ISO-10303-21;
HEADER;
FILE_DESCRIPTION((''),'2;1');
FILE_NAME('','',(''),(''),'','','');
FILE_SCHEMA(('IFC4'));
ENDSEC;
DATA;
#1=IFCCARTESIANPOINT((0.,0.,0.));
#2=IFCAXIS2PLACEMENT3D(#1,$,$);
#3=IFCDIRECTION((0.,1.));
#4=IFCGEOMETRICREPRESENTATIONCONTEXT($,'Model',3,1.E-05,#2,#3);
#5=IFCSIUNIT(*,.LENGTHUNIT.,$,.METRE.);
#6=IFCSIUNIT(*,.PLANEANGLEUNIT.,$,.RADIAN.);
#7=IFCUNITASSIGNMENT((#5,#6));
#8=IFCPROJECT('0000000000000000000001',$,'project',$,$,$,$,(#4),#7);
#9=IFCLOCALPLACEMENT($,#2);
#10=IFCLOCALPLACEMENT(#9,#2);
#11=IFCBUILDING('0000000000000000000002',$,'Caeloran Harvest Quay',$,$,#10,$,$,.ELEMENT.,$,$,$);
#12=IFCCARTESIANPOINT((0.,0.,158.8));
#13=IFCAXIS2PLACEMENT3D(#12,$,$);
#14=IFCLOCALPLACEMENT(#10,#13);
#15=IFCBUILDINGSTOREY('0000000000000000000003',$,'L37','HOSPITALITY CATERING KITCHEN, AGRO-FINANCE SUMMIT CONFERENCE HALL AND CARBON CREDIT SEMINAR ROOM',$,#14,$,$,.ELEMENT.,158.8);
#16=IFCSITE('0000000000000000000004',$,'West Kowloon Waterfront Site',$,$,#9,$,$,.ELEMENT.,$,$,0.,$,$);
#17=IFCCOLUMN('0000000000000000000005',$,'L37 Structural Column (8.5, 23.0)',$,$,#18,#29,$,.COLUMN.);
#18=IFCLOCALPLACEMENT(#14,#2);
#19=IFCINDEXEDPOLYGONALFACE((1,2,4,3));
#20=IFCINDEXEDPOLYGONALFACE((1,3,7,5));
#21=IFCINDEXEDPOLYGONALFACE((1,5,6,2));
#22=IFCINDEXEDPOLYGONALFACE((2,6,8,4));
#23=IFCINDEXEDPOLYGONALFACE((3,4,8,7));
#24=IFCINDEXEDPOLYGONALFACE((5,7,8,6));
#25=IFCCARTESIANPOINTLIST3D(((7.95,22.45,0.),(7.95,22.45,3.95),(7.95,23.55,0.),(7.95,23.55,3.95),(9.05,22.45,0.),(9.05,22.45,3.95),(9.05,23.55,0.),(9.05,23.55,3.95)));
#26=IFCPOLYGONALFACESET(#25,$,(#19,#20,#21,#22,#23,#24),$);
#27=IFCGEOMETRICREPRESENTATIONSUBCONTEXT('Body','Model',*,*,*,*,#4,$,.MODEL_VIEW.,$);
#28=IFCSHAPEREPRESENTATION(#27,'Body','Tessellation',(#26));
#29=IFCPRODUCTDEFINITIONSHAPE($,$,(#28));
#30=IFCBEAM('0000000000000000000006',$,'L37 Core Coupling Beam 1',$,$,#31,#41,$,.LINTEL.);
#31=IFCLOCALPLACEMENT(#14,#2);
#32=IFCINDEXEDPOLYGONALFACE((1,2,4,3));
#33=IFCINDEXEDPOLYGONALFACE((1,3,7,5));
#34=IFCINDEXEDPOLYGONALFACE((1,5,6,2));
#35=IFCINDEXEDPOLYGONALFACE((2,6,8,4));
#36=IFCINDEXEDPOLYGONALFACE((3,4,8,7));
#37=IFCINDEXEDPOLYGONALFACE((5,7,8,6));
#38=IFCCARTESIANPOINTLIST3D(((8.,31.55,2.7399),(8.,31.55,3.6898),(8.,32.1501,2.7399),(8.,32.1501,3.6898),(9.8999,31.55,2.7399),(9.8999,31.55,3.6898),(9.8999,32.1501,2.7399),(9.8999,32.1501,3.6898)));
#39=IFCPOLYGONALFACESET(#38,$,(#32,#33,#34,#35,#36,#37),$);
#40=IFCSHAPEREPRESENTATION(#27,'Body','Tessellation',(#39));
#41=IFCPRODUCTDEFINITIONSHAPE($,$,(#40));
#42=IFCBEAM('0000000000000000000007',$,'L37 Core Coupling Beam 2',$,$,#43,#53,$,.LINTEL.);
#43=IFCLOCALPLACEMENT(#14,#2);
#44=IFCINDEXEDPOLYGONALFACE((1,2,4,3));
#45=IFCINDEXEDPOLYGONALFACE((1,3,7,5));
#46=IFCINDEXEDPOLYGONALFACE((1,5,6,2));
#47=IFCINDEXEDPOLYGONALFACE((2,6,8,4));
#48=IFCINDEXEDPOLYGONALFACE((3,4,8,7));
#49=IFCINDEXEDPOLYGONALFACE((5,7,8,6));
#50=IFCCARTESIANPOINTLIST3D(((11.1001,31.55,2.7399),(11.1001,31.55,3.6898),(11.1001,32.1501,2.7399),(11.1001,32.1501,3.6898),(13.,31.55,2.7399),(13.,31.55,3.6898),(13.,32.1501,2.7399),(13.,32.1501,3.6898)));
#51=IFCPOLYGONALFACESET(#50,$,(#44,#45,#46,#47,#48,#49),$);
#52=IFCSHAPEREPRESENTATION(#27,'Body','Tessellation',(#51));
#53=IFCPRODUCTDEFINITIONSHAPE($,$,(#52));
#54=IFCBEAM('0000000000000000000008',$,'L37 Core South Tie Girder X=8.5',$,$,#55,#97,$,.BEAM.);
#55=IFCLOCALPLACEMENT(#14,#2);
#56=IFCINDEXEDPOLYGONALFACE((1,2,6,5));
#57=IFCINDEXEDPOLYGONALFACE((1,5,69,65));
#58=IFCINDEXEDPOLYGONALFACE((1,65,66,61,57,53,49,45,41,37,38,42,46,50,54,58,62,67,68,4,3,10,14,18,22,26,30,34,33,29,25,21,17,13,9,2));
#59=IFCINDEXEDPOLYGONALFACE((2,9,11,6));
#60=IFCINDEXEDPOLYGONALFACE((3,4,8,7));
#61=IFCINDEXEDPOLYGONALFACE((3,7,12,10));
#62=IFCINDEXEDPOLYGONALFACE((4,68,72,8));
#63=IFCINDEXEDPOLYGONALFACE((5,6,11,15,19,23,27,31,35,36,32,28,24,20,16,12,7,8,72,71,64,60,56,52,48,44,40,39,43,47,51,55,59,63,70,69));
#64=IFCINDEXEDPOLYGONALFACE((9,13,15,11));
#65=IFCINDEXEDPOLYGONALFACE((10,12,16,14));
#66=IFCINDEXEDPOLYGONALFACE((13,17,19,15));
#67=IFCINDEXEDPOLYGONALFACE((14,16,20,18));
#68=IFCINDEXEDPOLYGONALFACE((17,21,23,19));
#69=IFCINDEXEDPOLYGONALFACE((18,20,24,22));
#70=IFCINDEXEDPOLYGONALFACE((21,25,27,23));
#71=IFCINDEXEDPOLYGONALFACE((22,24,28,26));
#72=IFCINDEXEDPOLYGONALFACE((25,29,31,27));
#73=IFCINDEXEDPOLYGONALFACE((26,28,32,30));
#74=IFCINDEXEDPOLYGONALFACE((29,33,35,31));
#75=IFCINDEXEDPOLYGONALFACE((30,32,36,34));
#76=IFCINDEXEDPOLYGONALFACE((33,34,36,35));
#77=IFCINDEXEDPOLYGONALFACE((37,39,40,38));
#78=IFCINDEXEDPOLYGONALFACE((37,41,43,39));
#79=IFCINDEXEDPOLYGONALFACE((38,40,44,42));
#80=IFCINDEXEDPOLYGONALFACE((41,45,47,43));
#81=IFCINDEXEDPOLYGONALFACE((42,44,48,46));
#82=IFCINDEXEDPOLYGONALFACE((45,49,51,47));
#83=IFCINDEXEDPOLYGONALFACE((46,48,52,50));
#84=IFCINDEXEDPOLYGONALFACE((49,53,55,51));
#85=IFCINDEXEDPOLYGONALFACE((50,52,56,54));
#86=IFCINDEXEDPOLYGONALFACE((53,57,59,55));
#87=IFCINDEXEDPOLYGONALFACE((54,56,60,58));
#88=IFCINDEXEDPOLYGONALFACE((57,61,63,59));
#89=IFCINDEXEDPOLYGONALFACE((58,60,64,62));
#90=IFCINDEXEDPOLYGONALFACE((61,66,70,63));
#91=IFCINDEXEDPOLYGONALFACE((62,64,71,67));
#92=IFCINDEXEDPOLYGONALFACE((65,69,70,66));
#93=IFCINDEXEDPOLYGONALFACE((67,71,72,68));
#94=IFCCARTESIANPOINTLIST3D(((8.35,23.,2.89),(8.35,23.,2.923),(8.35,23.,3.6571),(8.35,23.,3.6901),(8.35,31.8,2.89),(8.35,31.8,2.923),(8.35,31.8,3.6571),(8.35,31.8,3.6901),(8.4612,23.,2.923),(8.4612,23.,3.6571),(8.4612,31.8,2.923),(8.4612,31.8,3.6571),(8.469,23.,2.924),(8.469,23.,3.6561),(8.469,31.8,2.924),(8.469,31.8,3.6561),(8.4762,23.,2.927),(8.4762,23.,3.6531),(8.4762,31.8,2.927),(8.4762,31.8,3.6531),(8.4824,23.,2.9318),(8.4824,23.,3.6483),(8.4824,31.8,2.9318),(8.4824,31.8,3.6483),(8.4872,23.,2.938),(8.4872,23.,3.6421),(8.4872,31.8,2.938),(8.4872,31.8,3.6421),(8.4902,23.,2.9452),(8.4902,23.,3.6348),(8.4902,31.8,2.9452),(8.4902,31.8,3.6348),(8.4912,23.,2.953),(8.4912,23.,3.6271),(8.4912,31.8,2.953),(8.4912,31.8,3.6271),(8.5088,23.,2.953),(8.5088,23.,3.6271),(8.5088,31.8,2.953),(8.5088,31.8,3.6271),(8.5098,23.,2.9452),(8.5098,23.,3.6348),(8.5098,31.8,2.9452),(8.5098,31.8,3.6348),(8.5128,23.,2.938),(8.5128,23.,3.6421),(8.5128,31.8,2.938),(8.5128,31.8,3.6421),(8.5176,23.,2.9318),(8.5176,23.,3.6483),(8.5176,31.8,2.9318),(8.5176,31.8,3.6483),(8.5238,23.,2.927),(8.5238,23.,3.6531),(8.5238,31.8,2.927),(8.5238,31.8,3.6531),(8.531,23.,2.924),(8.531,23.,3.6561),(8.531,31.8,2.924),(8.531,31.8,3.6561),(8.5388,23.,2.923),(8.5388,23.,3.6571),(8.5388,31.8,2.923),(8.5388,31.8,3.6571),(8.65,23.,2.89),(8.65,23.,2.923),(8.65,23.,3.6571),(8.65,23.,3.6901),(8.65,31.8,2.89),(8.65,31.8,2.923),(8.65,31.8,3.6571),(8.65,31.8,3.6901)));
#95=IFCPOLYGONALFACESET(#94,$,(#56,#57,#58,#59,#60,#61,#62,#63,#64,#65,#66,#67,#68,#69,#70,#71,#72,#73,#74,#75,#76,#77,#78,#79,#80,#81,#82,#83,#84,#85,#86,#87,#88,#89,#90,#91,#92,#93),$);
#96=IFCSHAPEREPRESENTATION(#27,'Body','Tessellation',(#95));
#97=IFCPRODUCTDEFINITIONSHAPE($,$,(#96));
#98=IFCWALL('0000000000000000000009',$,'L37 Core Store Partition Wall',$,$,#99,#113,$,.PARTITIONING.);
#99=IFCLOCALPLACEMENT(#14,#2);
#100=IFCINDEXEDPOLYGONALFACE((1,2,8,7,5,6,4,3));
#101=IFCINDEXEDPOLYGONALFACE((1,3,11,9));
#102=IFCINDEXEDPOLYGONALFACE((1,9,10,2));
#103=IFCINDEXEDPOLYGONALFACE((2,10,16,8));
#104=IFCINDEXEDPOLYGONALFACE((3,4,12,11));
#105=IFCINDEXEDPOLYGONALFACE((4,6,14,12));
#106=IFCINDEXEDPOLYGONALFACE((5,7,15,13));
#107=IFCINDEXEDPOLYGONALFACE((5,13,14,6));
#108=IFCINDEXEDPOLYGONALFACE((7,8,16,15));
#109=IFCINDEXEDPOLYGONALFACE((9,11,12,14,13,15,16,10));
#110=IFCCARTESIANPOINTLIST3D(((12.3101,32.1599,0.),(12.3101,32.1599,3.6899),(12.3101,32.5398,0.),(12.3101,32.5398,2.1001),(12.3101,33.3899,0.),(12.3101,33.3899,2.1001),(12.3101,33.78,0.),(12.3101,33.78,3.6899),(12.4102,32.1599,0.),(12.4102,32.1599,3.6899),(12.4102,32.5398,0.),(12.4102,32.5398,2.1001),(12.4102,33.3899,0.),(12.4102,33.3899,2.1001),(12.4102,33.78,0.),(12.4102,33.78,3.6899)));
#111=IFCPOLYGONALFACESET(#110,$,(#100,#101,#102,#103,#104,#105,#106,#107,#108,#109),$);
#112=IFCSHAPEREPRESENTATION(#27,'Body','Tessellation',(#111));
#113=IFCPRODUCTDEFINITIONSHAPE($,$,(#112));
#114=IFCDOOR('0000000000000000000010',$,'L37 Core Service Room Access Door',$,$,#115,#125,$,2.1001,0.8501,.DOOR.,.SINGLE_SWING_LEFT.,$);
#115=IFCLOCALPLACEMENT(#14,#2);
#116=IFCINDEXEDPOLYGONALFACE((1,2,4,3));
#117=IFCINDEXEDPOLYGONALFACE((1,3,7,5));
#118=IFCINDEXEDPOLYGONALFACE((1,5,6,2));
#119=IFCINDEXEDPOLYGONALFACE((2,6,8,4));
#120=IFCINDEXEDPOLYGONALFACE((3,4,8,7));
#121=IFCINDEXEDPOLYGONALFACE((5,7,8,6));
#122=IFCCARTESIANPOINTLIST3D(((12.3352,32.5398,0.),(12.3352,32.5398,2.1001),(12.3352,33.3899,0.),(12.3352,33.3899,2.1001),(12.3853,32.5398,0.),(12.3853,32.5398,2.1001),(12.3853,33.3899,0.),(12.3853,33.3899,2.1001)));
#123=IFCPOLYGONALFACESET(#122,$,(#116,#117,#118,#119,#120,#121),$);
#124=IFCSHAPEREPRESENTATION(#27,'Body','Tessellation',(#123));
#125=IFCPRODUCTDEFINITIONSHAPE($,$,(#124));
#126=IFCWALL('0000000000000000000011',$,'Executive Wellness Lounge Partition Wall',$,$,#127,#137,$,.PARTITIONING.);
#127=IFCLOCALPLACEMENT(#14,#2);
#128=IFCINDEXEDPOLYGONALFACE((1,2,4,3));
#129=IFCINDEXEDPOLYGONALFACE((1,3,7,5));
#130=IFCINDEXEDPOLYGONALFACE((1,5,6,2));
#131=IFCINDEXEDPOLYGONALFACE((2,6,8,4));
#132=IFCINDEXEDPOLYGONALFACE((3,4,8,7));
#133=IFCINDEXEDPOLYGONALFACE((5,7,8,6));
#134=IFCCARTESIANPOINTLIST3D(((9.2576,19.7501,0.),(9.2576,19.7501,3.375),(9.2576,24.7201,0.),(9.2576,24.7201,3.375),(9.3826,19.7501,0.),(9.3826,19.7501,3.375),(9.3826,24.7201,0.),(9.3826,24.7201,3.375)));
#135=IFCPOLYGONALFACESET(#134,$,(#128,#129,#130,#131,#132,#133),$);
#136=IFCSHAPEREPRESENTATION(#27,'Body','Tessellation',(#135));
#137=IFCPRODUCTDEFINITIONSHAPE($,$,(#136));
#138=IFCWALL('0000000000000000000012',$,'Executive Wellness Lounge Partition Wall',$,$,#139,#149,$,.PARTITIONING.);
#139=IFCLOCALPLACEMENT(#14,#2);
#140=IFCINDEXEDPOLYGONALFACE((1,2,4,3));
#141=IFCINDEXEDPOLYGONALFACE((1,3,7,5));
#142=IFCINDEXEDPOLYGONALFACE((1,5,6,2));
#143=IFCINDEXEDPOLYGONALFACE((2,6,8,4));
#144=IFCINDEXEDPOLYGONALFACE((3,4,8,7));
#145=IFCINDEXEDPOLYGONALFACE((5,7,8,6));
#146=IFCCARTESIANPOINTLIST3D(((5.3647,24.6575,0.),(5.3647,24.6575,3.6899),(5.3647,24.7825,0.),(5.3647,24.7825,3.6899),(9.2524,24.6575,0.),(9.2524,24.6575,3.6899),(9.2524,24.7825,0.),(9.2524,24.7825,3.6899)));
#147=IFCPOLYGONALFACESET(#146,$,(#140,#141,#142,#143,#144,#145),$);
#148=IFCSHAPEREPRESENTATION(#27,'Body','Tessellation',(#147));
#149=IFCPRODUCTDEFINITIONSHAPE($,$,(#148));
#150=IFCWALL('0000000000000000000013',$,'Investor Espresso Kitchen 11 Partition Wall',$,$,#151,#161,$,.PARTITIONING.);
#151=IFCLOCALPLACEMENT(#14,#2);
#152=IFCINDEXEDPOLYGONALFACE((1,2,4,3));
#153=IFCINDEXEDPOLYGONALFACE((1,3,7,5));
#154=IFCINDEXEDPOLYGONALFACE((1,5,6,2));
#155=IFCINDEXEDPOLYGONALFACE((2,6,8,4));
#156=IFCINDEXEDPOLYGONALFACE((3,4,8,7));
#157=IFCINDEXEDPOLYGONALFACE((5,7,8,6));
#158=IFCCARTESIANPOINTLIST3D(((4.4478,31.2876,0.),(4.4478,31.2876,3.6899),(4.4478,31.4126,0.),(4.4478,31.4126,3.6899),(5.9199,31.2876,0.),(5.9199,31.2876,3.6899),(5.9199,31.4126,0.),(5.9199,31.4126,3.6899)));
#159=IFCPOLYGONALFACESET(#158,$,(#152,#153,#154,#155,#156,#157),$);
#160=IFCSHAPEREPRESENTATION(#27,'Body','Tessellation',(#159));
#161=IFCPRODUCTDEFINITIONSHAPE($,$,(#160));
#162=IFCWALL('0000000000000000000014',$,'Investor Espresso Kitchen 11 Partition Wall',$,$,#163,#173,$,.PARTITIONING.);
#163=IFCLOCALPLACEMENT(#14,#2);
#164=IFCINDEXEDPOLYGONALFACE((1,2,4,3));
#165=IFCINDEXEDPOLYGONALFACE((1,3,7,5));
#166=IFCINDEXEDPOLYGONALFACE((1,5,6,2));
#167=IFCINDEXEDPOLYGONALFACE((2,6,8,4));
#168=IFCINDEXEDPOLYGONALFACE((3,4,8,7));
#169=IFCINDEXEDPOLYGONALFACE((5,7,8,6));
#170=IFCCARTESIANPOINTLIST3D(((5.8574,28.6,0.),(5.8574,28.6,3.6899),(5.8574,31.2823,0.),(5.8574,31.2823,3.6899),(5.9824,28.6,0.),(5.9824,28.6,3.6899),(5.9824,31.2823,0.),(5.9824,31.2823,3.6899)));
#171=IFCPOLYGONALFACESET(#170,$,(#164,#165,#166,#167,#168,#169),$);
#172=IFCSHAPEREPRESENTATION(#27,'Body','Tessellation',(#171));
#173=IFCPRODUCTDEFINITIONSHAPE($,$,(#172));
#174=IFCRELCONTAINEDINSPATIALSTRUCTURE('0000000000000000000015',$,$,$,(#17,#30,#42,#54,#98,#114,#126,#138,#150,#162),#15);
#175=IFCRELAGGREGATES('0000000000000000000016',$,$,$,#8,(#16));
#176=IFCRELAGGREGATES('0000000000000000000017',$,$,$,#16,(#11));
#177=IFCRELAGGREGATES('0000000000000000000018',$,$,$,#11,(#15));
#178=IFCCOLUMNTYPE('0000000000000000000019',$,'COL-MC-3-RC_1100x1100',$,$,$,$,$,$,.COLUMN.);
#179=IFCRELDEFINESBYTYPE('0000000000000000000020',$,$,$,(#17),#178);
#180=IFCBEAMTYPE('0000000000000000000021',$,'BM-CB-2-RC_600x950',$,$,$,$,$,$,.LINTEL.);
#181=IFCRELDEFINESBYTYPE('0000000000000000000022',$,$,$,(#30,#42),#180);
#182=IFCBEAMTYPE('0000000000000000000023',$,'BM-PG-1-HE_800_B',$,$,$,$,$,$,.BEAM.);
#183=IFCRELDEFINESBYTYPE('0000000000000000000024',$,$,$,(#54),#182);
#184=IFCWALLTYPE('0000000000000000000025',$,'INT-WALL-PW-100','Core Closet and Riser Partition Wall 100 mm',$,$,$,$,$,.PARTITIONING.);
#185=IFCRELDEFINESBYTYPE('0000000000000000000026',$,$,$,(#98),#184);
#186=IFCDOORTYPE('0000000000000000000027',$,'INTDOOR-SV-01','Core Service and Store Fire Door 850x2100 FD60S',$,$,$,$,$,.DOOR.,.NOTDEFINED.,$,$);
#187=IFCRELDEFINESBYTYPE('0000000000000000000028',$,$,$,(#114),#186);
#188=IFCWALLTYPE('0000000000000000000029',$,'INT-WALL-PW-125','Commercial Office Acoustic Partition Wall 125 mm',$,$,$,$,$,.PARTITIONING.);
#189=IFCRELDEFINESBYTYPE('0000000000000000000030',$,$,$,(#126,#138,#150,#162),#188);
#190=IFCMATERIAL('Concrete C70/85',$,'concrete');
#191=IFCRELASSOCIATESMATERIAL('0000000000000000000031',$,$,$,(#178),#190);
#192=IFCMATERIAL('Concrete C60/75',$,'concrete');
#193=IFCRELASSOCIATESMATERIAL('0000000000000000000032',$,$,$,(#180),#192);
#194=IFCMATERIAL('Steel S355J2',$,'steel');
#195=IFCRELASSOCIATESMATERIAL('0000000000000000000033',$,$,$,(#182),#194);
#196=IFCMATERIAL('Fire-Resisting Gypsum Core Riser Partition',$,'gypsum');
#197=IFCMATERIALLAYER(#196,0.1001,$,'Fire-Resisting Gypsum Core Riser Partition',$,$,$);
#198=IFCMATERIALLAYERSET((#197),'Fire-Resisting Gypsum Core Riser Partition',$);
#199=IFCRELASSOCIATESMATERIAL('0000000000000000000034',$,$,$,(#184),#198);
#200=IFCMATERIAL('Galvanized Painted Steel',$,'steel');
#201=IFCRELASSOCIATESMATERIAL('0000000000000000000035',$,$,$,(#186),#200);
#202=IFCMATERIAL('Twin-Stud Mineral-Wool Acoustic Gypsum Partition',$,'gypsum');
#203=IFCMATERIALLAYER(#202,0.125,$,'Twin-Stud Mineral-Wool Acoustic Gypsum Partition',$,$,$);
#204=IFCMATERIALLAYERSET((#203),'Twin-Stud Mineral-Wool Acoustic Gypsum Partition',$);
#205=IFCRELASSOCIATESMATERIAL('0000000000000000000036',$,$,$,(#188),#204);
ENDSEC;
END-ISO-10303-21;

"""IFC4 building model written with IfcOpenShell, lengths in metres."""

from ifc_helpers import new_model, si_unit, direction, frame, frame_2d, origin, origin_2d, place, context, subcontext, project, spatial, rectangle, i_section, extrude, material, layer, layer_set, material_profile, profile_set, type_object, element, fill, save


model = new_model("IFC4")

# Units and contexts
model_context = context("Model", 3, precision=1e-05, world=origin(), true_north=direction((0.0, 1.0)))
body_context = subcontext(model_context, "Body", "Model", "MODEL_VIEW")
ifc_project = project(units=[si_unit("LENGTHUNIT", "METRE"), si_unit("PLANEANGLEUNIT", "RADIAN")], contexts=[model_context])

# Site, building, storey
site_placement = place(None, origin())
site = spatial("IfcSite", under=ifc_project, at=site_placement, Name="West Kowloon Waterfront Site", CompositionType="ELEMENT", RefElevation=0.0)
building_placement = place(site_placement, origin())
building = spatial("IfcBuilding", under=site, at=building_placement, Name="Caeloran Harvest Quay", CompositionType="ELEMENT")
storey_placement = place(building_placement, frame((0.0, 0.0, 158.8)))
storey = spatial("IfcBuildingStorey", under=building, at=storey_placement, Name="L37", Description="HOSPITALITY CATERING KITCHEN, AGRO-FINANCE SUMMIT CONFERENCE HALL AND CARBON CREDIT SEMINAR ROOM", CompositionType="ELEMENT", Elevation=158.8)

# Column
ifc_material_1 = material(Name="Concrete C70/85", Category="concrete")
ifc_material_profile_1 = material_profile(ifc_material_1, rectangle(XDim=1.1001, YDim=1.1001, at=origin_2d()), Name="RC 1100x1100")
ifc_profile_set_1 = profile_set([ifc_material_profile_1], Name="Concrete C70/85")
column_type = type_object("IfcColumnType", Name="COL-MC-3-RC_1100x1100", PredefinedType="COLUMN", material=ifc_profile_set_1)
column_placement = place(storey_placement, frame((8.5, 23.0, 0.0), z_axis=(0.0, 0.0, 1.0), x_axis=(1.0, 0.0, 0.0)))
element("IfcColumn", 1, at=column_placement, inside=storey, type_object=column_type, Name="L37 Structural Column (8.5, 23.0)", PredefinedType="COLUMN", context=body_context, shape_type="SweptSolid", body=[
    extrude(rectangle(XDim=1.1001, YDim=1.1001, at=origin_2d()), origin(), (0.0, 0.0, 1.0), 3.95),
])

# Beams
ifc_material_2 = material(Name="Concrete C60/75", Category="concrete")
ifc_material_profile_2 = material_profile(ifc_material_2, rectangle(XDim=0.6001, YDim=0.95, at=origin_2d()), Name="RC 600x950")
ifc_profile_set_2 = profile_set([ifc_material_profile_2], Name="Concrete C60/75")
beam_type_1 = type_object("IfcBeamType", Name="BM-CB-2-RC_600x950", PredefinedType="LINTEL", material=ifc_profile_set_2)
for number, where, z_axis, x_axis, name in (
    (2, (8.0, 31.8501, 3.2148), (1.0, 0.0, 0.0), (0.0, 1.0, 0.0), "L37 Core Coupling Beam 1"),
    (3, (11.1001, 31.8501, 3.2148), (1.0, 0.0, 0.0), (0.0, 1.0, 0.0), "L37 Core Coupling Beam 2"),
):
    element("IfcBeam", number, at=place(storey_placement, frame(where, z_axis=z_axis, x_axis=x_axis)), inside=storey, type_object=beam_type_1, Name=name, PredefinedType="LINTEL", context=body_context, shape_type="SweptSolid", body=[
        extrude(rectangle(XDim=0.6001, YDim=0.95, at=origin_2d()), origin(), (0.0, 0.0, 1.0), 1.8999),
    ])
ifc_material_3 = material(Name="Steel S355J2", Category="steel")
ifc_material_profile_3 = material_profile(ifc_material_3, i_section(OverallWidth=0.3, OverallDepth=0.8, WebThickness=0.0176, FlangeThickness=0.033, FilletRadius=0.03, at=origin_2d()), Name="HE 800 B")
ifc_profile_set_3 = profile_set([ifc_material_profile_3], Name="Steel S355J2")
beam_type_2 = type_object("IfcBeamType", Name="BM-PG-1-HE_800_B", PredefinedType="BEAM", material=ifc_profile_set_3)
beam_placement = place(storey_placement, frame((8.5, 23.0, 3.29), z_axis=(0.0, 1.0, 0.0), x_axis=(-1.0, 0.0, 0.0)))
element("IfcBeam", 4, at=beam_placement, inside=storey, type_object=beam_type_2, Name="L37 Core South Tie Girder X=8.5", PredefinedType="BEAM", context=body_context, shape_type="SweptSolid", body=[
    extrude(i_section(OverallWidth=0.3, OverallDepth=0.8, WebThickness=0.0176, FlangeThickness=0.033, FilletRadius=0.03, at=origin_2d()), origin(), (0.0, 0.0, 1.0), 8.8),
])

# Wall, opening, door
ifc_material_4 = material(Name="Fire-Resisting Gypsum Core Riser Partition", Category="gypsum")
ifc_layer_1 = layer(ifc_material_4, 0.1001, Name="Fire-Resisting Gypsum Core Riser Partition")
ifc_layer_set_1 = layer_set([ifc_layer_1], Name="Fire-Resisting Gypsum Core Riser Partition")
wall_type_1 = type_object("IfcWallType", Name="INT-WALL-PW-100", Description="Core Closet and Riser Partition Wall 100 mm", PredefinedType="PARTITIONING", material=ifc_layer_set_1)
wall_1_placement = place(storey_placement, frame((12.3601, 32.1599, 0.0), z_axis=(0.0, 0.0, 1.0), x_axis=(0.0, 1.0, 0.0)))
wall_1 = element("IfcWall", 5, at=wall_1_placement, inside=storey, type_object=wall_type_1, Name="L37 Core Store Partition Wall", PredefinedType="PARTITIONING", context=body_context, shape_type="SweptSolid", body=[
    extrude(rectangle(XDim=1.6201, YDim=0.1001, at=frame_2d((0.8101, 0.0))), origin(), (0.0, 0.0, 1.0), 3.6899),
])
opening_1_placement = place(wall_1_placement, frame((0.3799, 0.0, 0.0)))
opening_1 = element("IfcOpeningElement", 6, at=opening_1_placement, cuts=wall_1, PredefinedType="OPENING", context=body_context, shape_type="SweptSolid", body=[
    extrude(rectangle(XDim=0.8501, YDim=2.1001, at=frame_2d((0.425, 1.05))), frame((0.0, 0.0601, 0.0), z_axis=(0.0, -1.0, 0.0), x_axis=(1.0, 0.0, 0.0)), (0.0, 0.0, 1.0), 0.1201),
])
ifc_material_5 = material(Name="Galvanized Painted Steel", Category="steel")
door_type_1 = type_object("IfcDoorType", Name="INTDOOR-SV-01", Description="Core Service and Store Fire Door 850x2100 FD60S", OperationType="NOTDEFINED", PredefinedType="DOOR", material=ifc_material_5)
door_1_placement = place(opening_1_placement, origin())
door_1 = element("IfcDoor", 7, at=door_1_placement, inside=storey, type_object=door_type_1, Name="L37 Core Service Room Access Door", OperationType="SINGLE_SWING_LEFT", OverallHeight=2.1001, OverallWidth=0.8501, PredefinedType="DOOR", context=body_context, shape_type="SweptSolid", body=[
    extrude(rectangle(XDim=0.8501, YDim=2.1001, at=frame_2d((0.425, 1.05))), frame((0.0, 0.0249, 0.0), z_axis=(0.0, -1.0, 0.0), x_axis=(1.0, 0.0, 0.0)), (0.0, 0.0, 1.0), 0.05),
])
fill(opening_1, door_1)

# Walls
ifc_material_6 = material(Name="Twin-Stud Mineral-Wool Acoustic Gypsum Partition", Category="gypsum")
ifc_layer_2 = layer(ifc_material_6, 0.125, Name="Twin-Stud Mineral-Wool Acoustic Gypsum Partition")
ifc_layer_set_2 = layer_set([ifc_layer_2], Name="Twin-Stud Mineral-Wool Acoustic Gypsum Partition")
wall_type_2 = type_object("IfcWallType", Name="INT-WALL-PW-125", Description="Commercial Office Acoustic Partition Wall 125 mm", PredefinedType="PARTITIONING", material=ifc_layer_set_2)
wall_2_placement = place(storey_placement, frame((9.3201, 24.72, 0.0), z_axis=(0.0, 0.0, 1.0), x_axis=(0.0, -1.0, 0.0)))
element("IfcWall", 8, at=wall_2_placement, inside=storey, type_object=wall_type_2, Name="Executive Wellness Lounge Partition Wall", PredefinedType="PARTITIONING", context=body_context, shape_type="SweptSolid", body=[
    extrude(rectangle(XDim=4.97, YDim=0.125, at=frame_2d((2.4849, 0.0))), origin(), (0.0, 0.0, 1.0), 3.375),
])
wall_3_placement = place(storey_placement, frame((5.3647, 24.72, 0.0), z_axis=(0.0, 0.0, 1.0), x_axis=(1.0, 0.0, 0.0)))
element("IfcWall", 9, at=wall_3_placement, inside=storey, type_object=wall_type_2, Name="Executive Wellness Lounge Partition Wall", PredefinedType="PARTITIONING", context=body_context, shape_type="SweptSolid", body=[
    extrude(rectangle(XDim=3.8877, YDim=0.125, at=frame_2d((1.9438, 0.0))), origin(), (0.0, 0.0, 1.0), 3.6899),
])
wall_4_placement = place(storey_placement, frame((4.4478, 31.3501, 0.0), z_axis=(0.0, 0.0, 1.0), x_axis=(1.0, 0.0, 0.0)))
element("IfcWall", 10, at=wall_4_placement, inside=storey, type_object=wall_type_2, Name="Investor Espresso Kitchen 11 Partition Wall", PredefinedType="PARTITIONING", context=body_context, shape_type="SweptSolid", body=[
    extrude(rectangle(XDim=1.4722, YDim=0.125, at=frame_2d((0.7361, 0.0))), origin(), (0.0, 0.0, 1.0), 3.6899),
])
wall_5_placement = place(storey_placement, frame((5.9199, 31.2825, 0.0), z_axis=(0.0, 0.0, 1.0), x_axis=(0.0, -1.0, 0.0)))
element("IfcWall", 11, at=wall_5_placement, inside=storey, type_object=wall_type_2, Name="Investor Espresso Kitchen 11 Partition Wall", PredefinedType="PARTITIONING", context=body_context, shape_type="SweptSolid", body=[
    extrude(rectangle(XDim=2.6824, YDim=0.125, at=frame_2d((1.3413, 0.0))), origin(), (0.0, 0.0, 1.0), 3.6899),
])

save(model, "model.ifc")
